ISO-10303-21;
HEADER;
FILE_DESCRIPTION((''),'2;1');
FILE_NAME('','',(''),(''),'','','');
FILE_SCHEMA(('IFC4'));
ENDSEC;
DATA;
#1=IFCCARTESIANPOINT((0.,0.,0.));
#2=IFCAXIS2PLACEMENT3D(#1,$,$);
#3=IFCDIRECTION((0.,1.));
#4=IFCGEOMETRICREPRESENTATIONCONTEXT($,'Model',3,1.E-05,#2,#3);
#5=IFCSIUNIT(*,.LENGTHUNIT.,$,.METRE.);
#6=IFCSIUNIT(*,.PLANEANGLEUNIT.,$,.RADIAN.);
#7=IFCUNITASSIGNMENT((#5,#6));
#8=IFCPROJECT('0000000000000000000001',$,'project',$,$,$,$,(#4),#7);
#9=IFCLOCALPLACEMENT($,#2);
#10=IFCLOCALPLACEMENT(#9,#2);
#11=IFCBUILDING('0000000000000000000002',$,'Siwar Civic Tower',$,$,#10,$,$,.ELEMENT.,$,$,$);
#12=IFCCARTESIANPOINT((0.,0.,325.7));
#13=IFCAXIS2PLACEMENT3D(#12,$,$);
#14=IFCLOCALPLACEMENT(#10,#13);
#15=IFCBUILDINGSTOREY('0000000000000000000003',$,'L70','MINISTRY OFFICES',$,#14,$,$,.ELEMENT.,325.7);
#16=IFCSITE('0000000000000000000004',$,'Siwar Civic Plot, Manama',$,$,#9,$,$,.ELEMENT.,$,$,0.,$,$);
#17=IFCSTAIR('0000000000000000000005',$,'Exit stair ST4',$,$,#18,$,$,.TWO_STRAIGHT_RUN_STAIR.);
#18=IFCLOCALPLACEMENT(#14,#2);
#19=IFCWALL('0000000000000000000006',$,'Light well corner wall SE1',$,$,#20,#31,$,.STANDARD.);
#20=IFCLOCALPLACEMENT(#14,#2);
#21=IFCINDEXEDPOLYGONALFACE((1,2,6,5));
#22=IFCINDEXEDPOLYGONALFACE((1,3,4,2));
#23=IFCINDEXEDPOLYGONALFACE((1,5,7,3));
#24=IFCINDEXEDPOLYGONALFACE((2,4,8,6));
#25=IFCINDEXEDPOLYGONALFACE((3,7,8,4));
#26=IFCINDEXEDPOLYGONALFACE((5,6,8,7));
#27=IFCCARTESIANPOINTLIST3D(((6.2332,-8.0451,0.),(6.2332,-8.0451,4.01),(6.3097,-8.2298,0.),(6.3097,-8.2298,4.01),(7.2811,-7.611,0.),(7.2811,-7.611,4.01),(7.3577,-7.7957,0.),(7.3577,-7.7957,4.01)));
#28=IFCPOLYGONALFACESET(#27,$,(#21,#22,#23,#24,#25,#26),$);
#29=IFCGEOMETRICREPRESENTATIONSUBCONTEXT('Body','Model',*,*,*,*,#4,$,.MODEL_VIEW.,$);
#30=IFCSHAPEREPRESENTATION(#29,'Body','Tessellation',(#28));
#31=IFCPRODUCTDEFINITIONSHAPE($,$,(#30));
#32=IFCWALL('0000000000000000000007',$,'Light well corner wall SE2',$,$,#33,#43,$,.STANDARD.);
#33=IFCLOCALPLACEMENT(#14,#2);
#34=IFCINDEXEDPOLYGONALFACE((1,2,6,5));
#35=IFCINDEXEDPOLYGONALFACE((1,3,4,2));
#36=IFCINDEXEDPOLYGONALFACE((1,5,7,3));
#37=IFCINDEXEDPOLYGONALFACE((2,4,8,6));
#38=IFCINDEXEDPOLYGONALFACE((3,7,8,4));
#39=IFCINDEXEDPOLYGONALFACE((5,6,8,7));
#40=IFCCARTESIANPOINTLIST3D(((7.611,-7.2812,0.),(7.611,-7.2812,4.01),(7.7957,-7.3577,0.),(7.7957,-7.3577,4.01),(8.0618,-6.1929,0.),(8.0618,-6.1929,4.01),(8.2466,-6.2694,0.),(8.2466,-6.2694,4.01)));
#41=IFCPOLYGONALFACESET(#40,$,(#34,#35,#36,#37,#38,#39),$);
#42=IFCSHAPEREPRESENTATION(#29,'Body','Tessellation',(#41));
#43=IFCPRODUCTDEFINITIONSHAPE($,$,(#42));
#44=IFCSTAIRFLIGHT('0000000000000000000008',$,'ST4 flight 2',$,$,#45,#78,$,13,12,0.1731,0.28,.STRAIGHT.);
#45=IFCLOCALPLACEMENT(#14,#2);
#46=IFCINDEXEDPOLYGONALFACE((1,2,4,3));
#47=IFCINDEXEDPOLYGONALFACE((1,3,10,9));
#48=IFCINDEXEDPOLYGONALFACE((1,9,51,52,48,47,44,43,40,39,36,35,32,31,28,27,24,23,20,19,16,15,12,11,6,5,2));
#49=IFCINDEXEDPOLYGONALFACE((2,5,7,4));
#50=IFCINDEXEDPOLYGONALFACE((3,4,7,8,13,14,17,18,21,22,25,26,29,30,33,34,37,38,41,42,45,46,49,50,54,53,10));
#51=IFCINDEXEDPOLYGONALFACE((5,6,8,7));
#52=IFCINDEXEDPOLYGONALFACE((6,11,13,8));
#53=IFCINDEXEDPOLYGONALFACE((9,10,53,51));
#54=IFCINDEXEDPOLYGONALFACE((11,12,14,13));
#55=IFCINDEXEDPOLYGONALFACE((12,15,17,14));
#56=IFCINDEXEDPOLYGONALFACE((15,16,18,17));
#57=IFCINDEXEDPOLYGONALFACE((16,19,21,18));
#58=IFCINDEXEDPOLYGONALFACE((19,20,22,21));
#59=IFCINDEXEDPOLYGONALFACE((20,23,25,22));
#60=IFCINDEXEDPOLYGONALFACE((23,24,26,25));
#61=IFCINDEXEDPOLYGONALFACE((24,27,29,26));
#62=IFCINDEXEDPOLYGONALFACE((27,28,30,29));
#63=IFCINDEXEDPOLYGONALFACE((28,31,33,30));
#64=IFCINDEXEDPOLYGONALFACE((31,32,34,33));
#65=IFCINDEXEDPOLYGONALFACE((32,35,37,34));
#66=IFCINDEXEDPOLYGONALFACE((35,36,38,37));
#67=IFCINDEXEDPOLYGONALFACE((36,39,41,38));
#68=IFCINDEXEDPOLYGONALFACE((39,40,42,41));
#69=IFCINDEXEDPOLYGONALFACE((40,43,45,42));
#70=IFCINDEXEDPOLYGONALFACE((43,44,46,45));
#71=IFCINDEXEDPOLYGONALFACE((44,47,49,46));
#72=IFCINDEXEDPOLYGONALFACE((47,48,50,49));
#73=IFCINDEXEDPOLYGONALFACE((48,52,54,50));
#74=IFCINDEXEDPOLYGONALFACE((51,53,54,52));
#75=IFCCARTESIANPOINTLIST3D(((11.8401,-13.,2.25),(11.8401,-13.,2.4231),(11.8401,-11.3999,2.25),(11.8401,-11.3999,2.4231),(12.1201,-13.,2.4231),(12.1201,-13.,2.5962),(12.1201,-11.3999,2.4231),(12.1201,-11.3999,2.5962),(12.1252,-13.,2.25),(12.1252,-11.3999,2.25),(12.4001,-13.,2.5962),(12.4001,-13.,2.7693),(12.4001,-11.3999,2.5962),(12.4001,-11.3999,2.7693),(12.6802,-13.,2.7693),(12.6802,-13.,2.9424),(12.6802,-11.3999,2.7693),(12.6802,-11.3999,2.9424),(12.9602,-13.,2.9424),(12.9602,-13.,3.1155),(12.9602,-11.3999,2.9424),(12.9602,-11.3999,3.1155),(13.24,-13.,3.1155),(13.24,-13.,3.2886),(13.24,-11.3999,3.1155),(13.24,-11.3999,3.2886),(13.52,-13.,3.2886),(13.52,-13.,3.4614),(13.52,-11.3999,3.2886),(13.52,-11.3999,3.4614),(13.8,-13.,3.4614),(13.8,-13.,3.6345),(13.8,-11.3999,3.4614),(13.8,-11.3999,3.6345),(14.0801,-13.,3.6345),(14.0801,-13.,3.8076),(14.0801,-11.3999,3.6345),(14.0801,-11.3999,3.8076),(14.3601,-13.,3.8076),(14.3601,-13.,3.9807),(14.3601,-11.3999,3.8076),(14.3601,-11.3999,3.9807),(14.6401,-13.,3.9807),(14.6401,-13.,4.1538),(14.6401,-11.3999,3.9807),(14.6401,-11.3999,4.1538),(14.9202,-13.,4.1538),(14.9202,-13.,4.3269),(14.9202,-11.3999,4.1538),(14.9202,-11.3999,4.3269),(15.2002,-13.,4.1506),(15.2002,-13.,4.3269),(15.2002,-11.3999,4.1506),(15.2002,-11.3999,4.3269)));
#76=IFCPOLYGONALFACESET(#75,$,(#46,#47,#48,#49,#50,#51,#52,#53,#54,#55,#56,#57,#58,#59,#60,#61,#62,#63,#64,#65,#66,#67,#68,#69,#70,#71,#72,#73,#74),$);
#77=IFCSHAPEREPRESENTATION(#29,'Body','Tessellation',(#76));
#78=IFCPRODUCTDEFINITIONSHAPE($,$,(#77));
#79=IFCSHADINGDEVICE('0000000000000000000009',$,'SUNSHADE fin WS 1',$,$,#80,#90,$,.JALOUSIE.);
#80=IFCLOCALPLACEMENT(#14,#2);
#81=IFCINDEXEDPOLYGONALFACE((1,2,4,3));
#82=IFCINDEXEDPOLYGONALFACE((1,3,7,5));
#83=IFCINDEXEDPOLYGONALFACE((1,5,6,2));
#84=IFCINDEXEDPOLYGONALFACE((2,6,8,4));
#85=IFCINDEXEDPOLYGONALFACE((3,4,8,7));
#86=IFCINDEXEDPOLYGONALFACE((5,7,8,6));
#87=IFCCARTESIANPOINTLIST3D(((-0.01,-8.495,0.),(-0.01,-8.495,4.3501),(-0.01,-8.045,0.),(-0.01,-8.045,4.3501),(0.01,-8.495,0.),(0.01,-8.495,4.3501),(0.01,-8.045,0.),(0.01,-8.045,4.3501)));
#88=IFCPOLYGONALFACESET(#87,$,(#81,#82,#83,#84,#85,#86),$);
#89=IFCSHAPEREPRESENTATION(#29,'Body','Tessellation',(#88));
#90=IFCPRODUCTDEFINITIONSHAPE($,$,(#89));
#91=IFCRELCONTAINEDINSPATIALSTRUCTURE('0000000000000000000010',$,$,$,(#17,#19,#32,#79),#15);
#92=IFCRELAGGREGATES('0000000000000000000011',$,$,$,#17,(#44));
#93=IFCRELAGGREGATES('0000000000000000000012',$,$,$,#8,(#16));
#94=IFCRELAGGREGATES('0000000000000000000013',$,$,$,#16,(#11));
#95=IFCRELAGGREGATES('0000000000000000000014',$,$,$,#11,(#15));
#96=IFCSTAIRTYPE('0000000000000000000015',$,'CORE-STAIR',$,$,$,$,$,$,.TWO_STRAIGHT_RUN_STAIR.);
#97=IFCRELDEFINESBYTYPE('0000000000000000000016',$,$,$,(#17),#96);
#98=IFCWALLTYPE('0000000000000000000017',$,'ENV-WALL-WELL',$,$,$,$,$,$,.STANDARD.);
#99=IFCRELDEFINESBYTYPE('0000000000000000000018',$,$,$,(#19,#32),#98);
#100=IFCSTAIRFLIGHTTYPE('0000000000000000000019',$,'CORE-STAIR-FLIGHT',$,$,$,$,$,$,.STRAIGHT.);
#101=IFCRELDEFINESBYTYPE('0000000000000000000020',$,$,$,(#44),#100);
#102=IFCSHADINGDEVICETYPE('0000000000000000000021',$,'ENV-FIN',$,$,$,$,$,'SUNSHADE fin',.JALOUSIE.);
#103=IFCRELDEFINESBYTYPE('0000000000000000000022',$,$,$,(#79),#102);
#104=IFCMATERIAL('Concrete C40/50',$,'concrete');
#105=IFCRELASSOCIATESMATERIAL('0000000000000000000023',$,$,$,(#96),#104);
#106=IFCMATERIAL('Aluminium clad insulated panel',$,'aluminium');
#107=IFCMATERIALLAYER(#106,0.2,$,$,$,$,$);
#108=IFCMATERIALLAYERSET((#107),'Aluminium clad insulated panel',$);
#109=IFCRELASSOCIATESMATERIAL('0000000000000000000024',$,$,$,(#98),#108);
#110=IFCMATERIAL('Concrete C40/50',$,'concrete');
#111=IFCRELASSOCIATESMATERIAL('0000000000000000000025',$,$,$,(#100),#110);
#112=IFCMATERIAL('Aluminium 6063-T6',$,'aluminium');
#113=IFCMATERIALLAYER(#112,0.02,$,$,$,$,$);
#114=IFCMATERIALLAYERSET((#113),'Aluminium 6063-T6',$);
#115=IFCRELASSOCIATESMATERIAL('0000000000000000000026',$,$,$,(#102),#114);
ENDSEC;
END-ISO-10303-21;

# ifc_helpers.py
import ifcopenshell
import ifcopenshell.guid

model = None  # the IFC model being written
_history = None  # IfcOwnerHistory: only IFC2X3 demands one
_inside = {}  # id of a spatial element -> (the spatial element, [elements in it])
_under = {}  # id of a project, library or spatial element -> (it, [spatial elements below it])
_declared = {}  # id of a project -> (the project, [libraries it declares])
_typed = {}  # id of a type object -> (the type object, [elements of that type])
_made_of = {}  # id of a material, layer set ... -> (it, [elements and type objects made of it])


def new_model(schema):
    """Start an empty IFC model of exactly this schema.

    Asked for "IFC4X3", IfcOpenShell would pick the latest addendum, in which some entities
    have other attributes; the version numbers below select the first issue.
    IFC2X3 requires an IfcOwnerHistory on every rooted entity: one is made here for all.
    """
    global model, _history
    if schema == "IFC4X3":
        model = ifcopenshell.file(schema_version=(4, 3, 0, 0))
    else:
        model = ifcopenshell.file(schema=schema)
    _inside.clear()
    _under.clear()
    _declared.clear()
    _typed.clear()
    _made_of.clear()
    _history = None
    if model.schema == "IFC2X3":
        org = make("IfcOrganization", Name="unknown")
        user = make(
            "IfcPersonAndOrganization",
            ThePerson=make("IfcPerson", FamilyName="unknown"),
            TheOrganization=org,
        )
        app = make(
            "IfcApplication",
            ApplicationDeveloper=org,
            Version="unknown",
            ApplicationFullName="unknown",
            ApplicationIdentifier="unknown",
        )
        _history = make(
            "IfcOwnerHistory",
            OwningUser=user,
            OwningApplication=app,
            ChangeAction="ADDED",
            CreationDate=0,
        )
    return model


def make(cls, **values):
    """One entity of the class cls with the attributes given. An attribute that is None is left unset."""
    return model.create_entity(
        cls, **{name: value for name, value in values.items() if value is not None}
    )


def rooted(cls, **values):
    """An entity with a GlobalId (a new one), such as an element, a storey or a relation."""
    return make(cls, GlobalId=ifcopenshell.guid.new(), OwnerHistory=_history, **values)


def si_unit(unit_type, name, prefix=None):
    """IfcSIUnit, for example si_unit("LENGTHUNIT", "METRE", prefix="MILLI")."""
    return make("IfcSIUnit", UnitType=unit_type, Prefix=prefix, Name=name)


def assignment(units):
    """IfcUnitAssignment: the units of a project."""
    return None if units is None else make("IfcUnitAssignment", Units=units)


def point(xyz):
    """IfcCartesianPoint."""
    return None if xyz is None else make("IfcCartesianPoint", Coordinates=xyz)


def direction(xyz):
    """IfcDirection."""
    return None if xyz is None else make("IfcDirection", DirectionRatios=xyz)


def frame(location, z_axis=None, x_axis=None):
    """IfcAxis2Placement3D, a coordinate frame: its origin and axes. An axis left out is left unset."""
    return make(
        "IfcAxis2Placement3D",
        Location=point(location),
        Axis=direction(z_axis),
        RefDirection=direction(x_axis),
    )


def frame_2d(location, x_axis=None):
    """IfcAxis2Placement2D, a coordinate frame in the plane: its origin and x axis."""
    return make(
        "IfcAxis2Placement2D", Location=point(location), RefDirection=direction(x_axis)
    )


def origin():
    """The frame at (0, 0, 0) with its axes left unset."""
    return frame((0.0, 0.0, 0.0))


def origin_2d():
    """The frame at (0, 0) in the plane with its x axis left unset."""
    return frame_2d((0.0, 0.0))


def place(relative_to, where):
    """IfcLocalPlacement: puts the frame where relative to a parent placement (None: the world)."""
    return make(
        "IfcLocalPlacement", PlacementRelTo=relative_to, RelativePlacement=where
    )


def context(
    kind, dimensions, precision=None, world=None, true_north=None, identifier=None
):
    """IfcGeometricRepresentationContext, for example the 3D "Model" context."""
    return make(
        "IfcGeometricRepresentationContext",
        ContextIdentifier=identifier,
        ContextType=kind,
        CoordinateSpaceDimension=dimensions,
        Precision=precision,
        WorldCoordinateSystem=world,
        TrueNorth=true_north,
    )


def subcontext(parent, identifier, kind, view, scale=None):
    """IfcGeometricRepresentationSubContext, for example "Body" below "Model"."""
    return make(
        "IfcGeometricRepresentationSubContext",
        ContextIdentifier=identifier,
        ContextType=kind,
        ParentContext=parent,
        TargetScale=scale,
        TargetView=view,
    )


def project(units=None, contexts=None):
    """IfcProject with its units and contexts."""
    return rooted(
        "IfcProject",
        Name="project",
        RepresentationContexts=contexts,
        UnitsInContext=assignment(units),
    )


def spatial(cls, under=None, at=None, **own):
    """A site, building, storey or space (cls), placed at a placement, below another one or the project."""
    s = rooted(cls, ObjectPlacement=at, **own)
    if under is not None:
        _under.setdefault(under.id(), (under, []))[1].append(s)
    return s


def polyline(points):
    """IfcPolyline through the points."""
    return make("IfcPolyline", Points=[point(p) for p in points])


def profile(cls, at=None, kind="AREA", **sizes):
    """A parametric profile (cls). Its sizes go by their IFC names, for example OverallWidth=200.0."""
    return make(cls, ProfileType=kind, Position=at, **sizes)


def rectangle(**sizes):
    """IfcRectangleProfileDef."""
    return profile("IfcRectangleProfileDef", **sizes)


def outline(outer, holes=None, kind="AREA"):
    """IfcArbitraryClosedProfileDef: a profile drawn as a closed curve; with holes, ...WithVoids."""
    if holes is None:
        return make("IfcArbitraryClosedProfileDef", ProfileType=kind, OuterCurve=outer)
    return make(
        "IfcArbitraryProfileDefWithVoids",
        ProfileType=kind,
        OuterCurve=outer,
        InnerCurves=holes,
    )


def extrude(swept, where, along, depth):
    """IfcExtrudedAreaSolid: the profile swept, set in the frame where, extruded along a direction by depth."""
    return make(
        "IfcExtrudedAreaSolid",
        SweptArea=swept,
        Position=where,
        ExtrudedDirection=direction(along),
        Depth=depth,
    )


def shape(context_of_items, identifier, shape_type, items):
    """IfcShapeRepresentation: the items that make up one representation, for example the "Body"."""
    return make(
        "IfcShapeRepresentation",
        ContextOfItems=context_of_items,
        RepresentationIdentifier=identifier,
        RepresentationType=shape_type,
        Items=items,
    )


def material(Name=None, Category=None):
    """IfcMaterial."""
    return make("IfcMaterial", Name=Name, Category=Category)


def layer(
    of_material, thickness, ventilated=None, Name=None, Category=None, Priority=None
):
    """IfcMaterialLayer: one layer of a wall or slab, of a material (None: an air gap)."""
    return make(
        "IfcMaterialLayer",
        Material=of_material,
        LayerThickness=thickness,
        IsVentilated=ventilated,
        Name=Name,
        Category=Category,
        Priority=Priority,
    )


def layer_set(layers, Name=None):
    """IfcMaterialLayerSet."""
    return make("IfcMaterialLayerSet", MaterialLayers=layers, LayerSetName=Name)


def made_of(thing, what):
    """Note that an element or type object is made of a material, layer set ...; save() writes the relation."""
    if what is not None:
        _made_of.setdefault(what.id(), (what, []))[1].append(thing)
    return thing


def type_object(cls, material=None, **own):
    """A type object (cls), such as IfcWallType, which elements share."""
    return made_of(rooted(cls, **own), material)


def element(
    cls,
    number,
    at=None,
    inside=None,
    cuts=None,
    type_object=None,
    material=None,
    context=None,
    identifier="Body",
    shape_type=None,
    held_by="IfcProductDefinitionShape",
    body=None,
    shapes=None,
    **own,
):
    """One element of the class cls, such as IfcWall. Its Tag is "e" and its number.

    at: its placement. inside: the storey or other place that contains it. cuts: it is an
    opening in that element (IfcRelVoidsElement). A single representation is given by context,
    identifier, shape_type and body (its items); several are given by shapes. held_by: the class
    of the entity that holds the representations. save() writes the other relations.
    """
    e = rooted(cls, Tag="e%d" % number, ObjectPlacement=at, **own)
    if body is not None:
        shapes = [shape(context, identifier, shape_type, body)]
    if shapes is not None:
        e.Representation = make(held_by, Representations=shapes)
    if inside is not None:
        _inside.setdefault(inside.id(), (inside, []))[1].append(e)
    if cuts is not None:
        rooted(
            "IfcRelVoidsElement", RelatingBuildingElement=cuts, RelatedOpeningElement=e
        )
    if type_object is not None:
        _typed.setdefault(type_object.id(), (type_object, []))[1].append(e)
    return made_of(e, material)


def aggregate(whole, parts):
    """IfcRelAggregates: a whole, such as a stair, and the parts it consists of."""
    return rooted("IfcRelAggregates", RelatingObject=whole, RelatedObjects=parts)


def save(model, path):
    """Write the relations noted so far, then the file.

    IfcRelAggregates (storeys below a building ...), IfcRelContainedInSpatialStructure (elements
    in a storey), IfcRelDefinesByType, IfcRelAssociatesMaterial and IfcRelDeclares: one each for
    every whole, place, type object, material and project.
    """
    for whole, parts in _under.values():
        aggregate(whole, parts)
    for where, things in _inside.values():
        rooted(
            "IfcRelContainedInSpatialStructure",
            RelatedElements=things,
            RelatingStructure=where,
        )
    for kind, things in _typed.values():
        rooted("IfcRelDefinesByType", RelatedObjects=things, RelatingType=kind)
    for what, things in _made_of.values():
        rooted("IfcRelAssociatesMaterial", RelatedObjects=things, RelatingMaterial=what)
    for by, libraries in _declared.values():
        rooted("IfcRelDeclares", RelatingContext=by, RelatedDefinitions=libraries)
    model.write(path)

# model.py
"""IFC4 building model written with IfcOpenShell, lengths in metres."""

from ifc_helpers import new_model, si_unit, direction, frame, frame_2d, origin, origin_2d, place, context, subcontext, project, spatial, polyline, rectangle, outline, extrude, material, layer, layer_set, type_object, element, aggregate, save


model = new_model("IFC4")

# Units and contexts
model_context = context("Model", 3, precision=1e-05, world=origin(), true_north=direction((0.0, 1.0)))
body_context = subcontext(model_context, "Body", "Model", "MODEL_VIEW")
ifc_project = project(units=[si_unit("LENGTHUNIT", "METRE"), si_unit("PLANEANGLEUNIT", "RADIAN")], contexts=[model_context])

# Site, building, storey
site_placement = place(None, origin())
site = spatial("IfcSite", under=ifc_project, at=site_placement, Name="Siwar Civic Plot, Manama", CompositionType="ELEMENT", RefElevation=0.0)
building_placement = place(site_placement, origin())
building = spatial("IfcBuilding", under=site, at=building_placement, Name="Siwar Civic Tower", CompositionType="ELEMENT")
storey_placement = place(building_placement, frame((0.0, 0.0, 325.7)))
storey = spatial("IfcBuildingStorey", under=building, at=storey_placement, Name="L70", Description="MINISTRY OFFICES", CompositionType="ELEMENT", Elevation=325.7)

# Stair
ifc_material_1 = material(Name="Concrete C40/50", Category="concrete")
stair_type = type_object("IfcStairType", Name="CORE-STAIR", PredefinedType="TWO_STRAIGHT_RUN_STAIR", material=ifc_material_1)
stair_placement = place(storey_placement, origin())
stair = element("IfcStair", 1, at=stair_placement, inside=storey, type_object=stair_type, Name="Exit stair ST4", PredefinedType="TWO_STRAIGHT_RUN_STAIR")

# Walls
ifc_material_2 = material(Name="Aluminium clad insulated panel", Category="aluminium")
ifc_layer_1 = layer(ifc_material_2, 0.2)
ifc_layer_set_1 = layer_set([ifc_layer_1], Name="Aluminium clad insulated panel")
wall_type_1 = type_object("IfcWallType", Name="ENV-WALL-WELL", PredefinedType="STANDARD", material=ifc_layer_set_1)
wall_1_placement = place(storey_placement, frame((6.2715, -8.1375, 0.0), z_axis=(0.0, 0.0, 1.0), x_axis=(0.923865, 0.382719, 0.0)))
element("IfcWall", 2, at=wall_1_placement, inside=storey, type_object=wall_type_1, Name="Light well corner wall SE1", PredefinedType="STANDARD", context=body_context, shape_type="SweptSolid", body=[
    extrude(rectangle(XDim=1.1343, YDim=0.2, at=frame_2d((0.5671, 0.0))), origin(), (0.0, 0.0, 1.0), 4.01),
])
wall_2_placement = place(storey_placement, frame((7.7034, -7.3193, 0.0), z_axis=(0.0, 0.0, 1.0), x_axis=(0.382761, 0.923848, 0.0)))
element("IfcWall", 3, at=wall_2_placement, inside=storey, type_object=wall_type_1, Name="Light well corner wall SE2", PredefinedType="STANDARD", context=body_context, shape_type="SweptSolid", body=[
    extrude(rectangle(XDim=1.178, YDim=0.2, at=frame_2d((0.5889, 0.0))), origin(), (0.0, 0.0, 1.0), 4.01),
])

# Stair flight
ifc_material_3 = material(Name="Concrete C40/50", Category="concrete")
stair_flight_type = type_object("IfcStairFlightType", Name="CORE-STAIR-FLIGHT", PredefinedType="STRAIGHT", material=ifc_material_3)
stair_flight_placement = place(storey_placement, frame((11.8401, -12.2, 2.25), z_axis=(0.0, 0.0, 1.0), x_axis=(1.0, 0.0, 0.0)))
stair_flight = element("IfcStairFlight", 4, at=stair_flight_placement, type_object=stair_flight_type, Name="ST4 flight 2", NumberOfRisers=13, NumberOfTreads=12, PredefinedType="STRAIGHT", RiserHeight=0.1731, TreadLength=0.28, context=body_context, shape_type="SweptSolid", body=[
    extrude(outline(polyline([(0.0, 0.0), (0.0, 0.1731), (0.28, 0.1731), (0.28, 0.3462), (0.5601, 0.3462), (0.5601, 0.5193), (0.8401, 0.5193), (0.8401, 0.6924), (1.1201, 0.6924), (1.1201, 0.8655), (1.3999, 0.8655), (1.3999, 1.0386), (1.6799, 1.0386), (1.6799, 1.2114), (1.96, 1.2114), (1.96, 1.3845), (2.24, 1.3845), (2.24, 1.5576), (2.52, 1.5576), (2.52, 1.7307), (2.8, 1.7307), (2.8, 1.9038), (3.0801, 1.9038), (3.0801, 2.0769), (3.3601, 2.0769), (3.3601, 2.25), (3.3601, 1.9006), (0.2852, 0.0), (0.0, 0.0)])), frame((0.0, 0.8, 0.0), z_axis=(0.0, -1.0, 0.0), x_axis=(1.0, 0.0, 0.0)), (0.0, 0.0, 1.0), 1.6001),
])
aggregate(stair, [stair_flight])

# Shading device
ifc_material_4 = material(Name="Aluminium 6063-T6", Category="aluminium")
ifc_layer_2 = layer(ifc_material_4, 0.02)
ifc_layer_set_2 = layer_set([ifc_layer_2], Name="Aluminium 6063-T6")
shading_device_type = type_object("IfcShadingDeviceType", Name="ENV-FIN", ElementType="SUNSHADE fin", PredefinedType="JALOUSIE", material=ifc_layer_set_2)
shading_device_placement = place(storey_placement, frame((0.0, -8.27, 0.0), z_axis=(0.0, 0.0, 1.0), x_axis=(1.0, 0.0, 0.0)))
element("IfcShadingDevice", 5, at=shading_device_placement, inside=storey, type_object=shading_device_type, Name="SUNSHADE fin WS 1", PredefinedType="JALOUSIE", context=body_context, shape_type="SweptSolid", body=[
    extrude(rectangle(XDim=0.02, YDim=0.45, at=origin_2d()), origin(), (0.0, 0.0, 1.0), 4.3501),
])

save(model, "model.ifc")
